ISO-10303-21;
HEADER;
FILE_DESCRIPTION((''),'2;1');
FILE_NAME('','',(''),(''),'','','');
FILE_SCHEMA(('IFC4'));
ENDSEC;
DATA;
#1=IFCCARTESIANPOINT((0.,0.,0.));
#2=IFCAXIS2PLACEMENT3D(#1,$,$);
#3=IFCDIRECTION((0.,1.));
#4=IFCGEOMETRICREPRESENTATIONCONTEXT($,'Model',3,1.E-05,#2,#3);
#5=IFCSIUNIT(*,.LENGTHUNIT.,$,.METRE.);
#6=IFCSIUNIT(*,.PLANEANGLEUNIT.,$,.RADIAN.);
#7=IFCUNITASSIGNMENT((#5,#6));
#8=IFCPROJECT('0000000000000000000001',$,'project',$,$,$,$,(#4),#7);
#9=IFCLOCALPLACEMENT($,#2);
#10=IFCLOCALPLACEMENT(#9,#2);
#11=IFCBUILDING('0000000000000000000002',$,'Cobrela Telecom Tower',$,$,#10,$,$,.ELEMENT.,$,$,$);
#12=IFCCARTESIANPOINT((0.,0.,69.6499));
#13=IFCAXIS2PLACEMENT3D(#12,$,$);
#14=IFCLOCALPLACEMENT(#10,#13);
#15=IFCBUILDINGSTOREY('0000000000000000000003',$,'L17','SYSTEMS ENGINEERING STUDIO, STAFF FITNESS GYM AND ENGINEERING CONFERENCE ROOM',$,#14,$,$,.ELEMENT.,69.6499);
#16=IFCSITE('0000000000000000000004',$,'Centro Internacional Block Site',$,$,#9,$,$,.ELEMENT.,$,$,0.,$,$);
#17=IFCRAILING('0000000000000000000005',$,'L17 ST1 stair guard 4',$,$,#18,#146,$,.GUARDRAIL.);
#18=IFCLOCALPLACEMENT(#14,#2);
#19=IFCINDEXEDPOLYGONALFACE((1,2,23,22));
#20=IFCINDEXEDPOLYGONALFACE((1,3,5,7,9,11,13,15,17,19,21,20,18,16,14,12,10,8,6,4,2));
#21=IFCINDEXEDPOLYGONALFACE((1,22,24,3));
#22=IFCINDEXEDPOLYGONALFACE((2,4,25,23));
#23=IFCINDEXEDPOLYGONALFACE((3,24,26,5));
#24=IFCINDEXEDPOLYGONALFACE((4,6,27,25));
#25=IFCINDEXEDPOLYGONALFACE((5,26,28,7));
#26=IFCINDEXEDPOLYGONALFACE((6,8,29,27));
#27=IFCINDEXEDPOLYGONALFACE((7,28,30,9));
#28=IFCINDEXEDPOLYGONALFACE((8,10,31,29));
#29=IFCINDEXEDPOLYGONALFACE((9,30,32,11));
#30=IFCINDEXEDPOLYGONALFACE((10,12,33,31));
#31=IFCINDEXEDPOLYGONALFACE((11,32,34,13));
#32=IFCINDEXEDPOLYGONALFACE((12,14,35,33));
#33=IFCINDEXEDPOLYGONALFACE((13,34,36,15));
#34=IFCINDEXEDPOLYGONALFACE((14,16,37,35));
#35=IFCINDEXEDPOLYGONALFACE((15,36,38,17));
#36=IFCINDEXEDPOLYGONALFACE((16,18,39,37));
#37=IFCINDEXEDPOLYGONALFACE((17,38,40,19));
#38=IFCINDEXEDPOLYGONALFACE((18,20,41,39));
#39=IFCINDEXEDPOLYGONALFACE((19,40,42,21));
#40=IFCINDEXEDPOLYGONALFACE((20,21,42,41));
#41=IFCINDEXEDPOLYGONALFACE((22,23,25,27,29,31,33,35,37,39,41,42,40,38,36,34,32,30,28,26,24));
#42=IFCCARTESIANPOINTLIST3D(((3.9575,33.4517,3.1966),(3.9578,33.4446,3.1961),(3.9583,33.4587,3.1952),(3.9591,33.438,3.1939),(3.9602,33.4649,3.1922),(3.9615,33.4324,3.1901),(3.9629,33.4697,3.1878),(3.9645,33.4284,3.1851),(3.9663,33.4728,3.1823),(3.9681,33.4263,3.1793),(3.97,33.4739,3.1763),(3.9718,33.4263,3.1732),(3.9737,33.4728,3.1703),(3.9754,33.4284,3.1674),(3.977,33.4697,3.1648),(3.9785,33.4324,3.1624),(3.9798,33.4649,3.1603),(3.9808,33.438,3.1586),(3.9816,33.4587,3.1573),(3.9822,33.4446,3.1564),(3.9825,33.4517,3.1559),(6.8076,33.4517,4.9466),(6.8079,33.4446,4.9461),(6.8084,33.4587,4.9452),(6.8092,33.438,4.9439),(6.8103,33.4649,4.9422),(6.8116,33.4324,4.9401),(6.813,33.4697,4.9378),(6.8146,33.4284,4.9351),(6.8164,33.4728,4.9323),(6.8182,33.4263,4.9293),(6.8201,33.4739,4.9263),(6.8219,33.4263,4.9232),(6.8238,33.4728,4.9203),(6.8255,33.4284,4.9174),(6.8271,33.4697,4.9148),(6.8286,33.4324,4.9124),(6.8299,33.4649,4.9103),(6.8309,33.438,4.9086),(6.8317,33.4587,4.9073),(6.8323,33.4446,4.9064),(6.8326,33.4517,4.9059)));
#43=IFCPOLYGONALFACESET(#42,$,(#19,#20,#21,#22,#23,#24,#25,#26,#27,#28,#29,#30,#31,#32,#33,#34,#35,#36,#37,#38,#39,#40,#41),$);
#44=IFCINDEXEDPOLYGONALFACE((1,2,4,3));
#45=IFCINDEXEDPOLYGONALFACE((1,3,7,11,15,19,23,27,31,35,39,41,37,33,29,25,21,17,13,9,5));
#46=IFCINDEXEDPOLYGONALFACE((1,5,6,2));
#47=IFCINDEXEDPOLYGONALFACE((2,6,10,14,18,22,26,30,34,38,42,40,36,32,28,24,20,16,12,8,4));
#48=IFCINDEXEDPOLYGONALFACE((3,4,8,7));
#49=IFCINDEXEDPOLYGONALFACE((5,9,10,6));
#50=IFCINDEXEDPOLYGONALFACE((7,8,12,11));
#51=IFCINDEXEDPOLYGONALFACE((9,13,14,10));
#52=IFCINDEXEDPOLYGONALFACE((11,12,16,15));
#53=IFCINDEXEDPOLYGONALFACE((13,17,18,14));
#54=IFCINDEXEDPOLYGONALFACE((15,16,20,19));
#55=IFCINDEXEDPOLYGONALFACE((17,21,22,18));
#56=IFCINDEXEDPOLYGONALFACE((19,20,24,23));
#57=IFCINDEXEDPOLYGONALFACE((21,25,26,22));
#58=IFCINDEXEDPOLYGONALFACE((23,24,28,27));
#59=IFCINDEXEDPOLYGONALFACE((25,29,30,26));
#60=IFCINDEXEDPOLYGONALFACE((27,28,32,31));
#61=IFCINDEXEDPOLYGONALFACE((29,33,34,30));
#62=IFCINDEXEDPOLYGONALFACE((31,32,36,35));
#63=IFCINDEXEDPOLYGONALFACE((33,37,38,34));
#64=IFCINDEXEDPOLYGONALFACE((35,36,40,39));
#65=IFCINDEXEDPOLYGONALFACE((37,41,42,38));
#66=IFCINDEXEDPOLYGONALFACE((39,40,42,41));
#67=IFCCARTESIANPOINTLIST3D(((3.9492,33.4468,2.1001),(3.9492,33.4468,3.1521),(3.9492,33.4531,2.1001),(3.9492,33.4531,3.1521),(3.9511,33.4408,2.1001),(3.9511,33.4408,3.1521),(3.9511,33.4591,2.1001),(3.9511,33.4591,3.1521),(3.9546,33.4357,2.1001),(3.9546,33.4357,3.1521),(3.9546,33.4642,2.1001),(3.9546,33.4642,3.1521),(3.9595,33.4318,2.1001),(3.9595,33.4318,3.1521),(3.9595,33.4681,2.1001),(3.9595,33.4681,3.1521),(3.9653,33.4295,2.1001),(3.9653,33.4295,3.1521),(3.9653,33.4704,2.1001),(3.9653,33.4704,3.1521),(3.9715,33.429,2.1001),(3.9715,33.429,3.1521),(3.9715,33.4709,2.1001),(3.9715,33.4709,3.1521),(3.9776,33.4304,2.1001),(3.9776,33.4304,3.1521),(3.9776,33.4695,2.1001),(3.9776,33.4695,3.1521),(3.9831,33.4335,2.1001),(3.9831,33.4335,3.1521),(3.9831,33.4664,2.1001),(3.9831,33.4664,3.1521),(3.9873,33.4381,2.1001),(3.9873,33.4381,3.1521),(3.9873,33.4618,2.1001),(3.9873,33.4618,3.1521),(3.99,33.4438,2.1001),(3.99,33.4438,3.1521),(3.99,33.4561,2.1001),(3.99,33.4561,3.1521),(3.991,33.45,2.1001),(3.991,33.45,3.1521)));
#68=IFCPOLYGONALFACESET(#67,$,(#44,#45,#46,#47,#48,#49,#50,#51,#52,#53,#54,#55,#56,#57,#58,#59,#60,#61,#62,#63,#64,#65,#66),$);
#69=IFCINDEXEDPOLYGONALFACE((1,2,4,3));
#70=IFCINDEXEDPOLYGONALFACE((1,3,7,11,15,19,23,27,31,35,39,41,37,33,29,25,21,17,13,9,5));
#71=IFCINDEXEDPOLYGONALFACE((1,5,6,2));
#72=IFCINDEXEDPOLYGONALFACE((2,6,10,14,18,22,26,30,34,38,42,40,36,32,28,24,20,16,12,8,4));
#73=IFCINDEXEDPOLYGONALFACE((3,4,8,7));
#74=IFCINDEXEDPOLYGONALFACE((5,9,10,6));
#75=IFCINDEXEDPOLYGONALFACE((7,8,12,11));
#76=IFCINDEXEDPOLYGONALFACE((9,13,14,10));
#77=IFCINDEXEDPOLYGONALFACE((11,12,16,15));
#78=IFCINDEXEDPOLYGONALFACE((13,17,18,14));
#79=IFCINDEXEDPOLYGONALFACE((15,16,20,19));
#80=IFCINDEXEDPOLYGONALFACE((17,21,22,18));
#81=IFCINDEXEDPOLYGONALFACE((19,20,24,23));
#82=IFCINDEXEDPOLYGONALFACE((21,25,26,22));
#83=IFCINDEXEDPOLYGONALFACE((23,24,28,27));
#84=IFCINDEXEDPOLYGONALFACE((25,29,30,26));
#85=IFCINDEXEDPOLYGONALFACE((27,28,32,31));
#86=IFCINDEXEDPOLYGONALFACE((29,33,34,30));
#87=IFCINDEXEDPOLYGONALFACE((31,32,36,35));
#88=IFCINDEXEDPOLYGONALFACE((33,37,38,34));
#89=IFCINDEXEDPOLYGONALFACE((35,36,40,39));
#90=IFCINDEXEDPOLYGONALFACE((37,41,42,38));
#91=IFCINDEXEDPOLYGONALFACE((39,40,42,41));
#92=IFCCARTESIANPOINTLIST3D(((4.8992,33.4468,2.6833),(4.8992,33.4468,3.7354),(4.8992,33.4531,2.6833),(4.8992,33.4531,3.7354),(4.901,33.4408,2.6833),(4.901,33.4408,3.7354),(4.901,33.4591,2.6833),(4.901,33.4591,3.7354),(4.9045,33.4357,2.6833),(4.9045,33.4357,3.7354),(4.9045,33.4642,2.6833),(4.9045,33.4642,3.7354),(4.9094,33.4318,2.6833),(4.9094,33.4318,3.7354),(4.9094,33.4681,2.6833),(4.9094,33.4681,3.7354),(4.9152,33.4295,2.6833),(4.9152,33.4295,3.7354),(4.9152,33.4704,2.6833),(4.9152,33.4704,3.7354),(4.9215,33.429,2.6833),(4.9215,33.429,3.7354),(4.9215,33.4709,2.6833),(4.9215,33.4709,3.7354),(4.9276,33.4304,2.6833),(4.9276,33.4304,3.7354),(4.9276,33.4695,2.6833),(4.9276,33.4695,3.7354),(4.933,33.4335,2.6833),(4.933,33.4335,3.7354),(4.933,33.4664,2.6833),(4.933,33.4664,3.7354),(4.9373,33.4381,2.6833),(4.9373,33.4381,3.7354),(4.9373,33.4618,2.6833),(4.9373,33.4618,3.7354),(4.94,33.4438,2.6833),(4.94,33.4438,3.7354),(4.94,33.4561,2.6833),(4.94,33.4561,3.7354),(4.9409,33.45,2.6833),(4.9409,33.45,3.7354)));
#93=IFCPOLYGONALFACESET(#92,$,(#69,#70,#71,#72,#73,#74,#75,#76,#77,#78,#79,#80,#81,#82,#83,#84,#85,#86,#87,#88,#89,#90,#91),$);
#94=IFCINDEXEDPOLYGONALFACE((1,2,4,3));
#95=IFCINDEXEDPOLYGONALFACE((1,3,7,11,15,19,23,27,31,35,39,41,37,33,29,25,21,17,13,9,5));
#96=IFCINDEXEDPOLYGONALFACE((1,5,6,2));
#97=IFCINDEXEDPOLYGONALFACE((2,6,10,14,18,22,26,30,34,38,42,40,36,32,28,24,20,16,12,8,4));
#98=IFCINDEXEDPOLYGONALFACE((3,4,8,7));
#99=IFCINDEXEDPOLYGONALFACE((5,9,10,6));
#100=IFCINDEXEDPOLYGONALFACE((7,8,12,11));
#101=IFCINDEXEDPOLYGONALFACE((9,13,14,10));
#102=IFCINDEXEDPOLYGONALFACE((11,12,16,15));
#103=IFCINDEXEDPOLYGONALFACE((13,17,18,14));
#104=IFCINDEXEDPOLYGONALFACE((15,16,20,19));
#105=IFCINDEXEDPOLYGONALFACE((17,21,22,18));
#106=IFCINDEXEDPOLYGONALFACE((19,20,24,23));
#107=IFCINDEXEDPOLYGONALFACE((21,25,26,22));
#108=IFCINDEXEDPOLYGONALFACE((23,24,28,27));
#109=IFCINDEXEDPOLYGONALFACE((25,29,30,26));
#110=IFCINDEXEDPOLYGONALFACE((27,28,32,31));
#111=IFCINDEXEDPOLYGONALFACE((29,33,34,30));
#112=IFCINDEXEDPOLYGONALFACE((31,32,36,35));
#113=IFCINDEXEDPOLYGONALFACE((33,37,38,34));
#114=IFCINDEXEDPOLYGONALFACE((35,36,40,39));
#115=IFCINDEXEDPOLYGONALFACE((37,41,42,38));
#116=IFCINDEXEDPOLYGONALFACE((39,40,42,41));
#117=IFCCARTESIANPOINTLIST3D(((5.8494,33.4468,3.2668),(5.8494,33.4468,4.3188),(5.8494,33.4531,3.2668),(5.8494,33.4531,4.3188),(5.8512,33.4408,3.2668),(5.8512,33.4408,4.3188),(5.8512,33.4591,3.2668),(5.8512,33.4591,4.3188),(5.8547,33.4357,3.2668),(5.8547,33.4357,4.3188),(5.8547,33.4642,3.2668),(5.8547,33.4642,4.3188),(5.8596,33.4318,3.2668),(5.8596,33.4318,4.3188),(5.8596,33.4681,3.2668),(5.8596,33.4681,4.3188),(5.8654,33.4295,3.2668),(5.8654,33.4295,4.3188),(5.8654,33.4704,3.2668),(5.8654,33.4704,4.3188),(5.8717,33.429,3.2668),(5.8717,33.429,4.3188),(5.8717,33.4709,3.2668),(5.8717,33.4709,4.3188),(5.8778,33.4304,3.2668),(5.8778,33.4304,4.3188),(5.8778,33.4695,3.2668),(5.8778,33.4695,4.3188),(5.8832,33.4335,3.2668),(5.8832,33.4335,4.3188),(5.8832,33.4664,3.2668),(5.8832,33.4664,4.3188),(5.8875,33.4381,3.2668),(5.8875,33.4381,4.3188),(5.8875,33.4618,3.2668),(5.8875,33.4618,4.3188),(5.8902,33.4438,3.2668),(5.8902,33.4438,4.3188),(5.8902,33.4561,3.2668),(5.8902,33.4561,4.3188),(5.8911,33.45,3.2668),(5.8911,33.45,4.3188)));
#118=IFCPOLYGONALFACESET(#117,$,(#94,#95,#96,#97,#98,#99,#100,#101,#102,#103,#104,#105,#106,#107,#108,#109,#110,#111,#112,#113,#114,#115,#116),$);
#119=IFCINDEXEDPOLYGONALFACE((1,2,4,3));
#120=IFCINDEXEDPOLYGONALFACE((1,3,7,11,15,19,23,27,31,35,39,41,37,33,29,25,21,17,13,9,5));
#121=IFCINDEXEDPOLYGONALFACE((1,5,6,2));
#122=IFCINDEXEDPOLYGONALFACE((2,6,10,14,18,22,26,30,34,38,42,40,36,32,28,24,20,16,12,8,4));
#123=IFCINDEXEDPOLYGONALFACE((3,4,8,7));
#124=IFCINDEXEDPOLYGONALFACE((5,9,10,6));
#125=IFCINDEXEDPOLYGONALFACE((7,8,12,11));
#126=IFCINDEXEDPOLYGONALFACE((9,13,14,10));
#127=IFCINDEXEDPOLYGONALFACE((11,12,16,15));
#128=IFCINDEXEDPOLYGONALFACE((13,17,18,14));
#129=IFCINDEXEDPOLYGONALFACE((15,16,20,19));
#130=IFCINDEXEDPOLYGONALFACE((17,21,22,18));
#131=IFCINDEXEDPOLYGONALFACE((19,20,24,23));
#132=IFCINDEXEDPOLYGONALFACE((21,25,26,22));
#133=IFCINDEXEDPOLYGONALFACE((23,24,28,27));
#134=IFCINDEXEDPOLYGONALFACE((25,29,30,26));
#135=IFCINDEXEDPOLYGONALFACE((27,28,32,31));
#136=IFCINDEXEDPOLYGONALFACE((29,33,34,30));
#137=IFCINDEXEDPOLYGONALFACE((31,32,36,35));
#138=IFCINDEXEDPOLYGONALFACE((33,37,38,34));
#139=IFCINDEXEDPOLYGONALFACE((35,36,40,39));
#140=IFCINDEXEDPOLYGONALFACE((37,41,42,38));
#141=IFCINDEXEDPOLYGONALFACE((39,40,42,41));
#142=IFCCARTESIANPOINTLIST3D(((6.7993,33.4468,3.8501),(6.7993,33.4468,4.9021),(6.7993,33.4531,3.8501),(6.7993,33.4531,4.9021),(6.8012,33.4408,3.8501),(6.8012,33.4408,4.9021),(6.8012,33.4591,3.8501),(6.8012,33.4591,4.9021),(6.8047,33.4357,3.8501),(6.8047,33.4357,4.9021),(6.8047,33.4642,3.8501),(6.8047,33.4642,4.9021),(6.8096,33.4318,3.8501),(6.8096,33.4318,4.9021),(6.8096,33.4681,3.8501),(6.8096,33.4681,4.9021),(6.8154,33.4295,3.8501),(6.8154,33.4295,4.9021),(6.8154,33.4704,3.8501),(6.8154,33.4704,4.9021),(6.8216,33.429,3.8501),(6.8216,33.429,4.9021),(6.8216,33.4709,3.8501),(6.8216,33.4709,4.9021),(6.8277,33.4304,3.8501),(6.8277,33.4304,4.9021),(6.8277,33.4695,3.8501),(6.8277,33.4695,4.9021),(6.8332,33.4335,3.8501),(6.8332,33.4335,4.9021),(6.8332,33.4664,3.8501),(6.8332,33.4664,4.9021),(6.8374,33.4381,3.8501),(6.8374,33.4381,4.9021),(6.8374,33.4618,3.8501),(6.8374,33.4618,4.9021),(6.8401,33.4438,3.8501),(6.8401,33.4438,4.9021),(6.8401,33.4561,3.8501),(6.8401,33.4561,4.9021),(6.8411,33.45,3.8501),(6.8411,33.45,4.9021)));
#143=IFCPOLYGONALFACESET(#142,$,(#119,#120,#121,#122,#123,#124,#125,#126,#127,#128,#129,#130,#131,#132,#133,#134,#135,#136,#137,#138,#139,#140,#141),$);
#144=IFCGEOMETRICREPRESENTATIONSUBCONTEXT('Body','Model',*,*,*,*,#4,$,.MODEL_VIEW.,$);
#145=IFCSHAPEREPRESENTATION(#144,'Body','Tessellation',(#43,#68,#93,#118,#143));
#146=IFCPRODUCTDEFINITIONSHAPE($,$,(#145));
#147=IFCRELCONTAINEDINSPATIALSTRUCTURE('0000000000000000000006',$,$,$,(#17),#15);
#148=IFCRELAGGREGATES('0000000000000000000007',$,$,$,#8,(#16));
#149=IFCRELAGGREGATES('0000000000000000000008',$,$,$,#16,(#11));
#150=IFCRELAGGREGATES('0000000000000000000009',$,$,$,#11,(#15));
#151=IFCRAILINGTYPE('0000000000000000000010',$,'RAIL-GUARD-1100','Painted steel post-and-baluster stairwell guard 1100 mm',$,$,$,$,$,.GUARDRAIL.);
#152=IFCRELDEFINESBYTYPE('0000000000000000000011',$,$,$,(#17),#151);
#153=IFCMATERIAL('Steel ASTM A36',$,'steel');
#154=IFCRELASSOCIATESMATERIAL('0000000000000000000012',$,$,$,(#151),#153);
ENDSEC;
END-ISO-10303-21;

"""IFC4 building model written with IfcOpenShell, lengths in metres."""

from ifc_helpers import new_model, si_unit, direction, frame, origin, origin_2d, place, context, subcontext, project, spatial, circle, extrude, material, type_object, element, save


model = new_model("IFC4")

# Units and contexts
model_context = context("Model", 3, precision=1e-05, world=origin(), true_north=direction((0.0, 1.0)))
body_context = subcontext(model_context, "Body", "Model", "MODEL_VIEW")
ifc_project = project(units=[si_unit("LENGTHUNIT", "METRE"), si_unit("PLANEANGLEUNIT", "RADIAN")], contexts=[model_context])

# Site, building, storey
site_placement = place(None, origin())
site = spatial("IfcSite", under=ifc_project, at=site_placement, Name="Centro Internacional Block Site", CompositionType="ELEMENT", RefElevation=0.0)
building_placement = place(site_placement, origin())
building = spatial("IfcBuilding", under=site, at=building_placement, Name="Cobrela Telecom Tower", CompositionType="ELEMENT")
storey_placement = place(building_placement, frame((0.0, 0.0, 69.6499)))
storey = spatial("IfcBuildingStorey", under=building, at=storey_placement, Name="L17", Description="SYSTEMS ENGINEERING STUDIO, STAFF FITNESS GYM AND ENGINEERING CONFERENCE ROOM", CompositionType="ELEMENT", Elevation=69.6499)

# Shared definitions
ifc_material_1 = material(Name="Steel ASTM A36", Category="steel")

# Railing
railing_type_1 = type_object("IfcRailingType", Name="RAIL-GUARD-1100", Description="Painted steel post-and-baluster stairwell guard 1100 mm", PredefinedType="GUARDRAIL", material=ifc_material_1)
railing_1_placement = place(storey_placement, frame((3.97, 33.45, 2.1001)))
element("IfcRailing", 1, at=railing_1_placement, inside=storey, type_object=railing_type_1, Name="L17 ST1 stair guard 4", PredefinedType="GUARDRAIL", context=body_context, shape_type="SweptSolid", body=[
    extrude(circle(Radius=0.0239, at=origin_2d()), frame((0.0, 0.0, 1.0762), z_axis=(0.852179, 0.0, 0.52325), x_axis=(0.0, 1.0, 0.0)), (0.0, 0.0, 1.0), 3.3445),
    extrude(circle(Radius=0.021, at=origin_2d()), origin(), (0.0, 0.0, 1.0), 1.052),
    extrude(circle(Radius=0.021, at=origin_2d()), frame((0.95, 0.0, 0.5833)), (0.0, 0.0, 1.0), 1.052),
    extrude(circle(Radius=0.021, at=origin_2d()), frame((1.9001, 0.0, 1.1667)), (0.0, 0.0, 1.0), 1.052),
    extrude(circle(Radius=0.021, at=origin_2d()), frame((2.8501, 0.0, 1.75)), (0.0, 0.0, 1.0), 1.052),
])

save(model, "model.ifc")
